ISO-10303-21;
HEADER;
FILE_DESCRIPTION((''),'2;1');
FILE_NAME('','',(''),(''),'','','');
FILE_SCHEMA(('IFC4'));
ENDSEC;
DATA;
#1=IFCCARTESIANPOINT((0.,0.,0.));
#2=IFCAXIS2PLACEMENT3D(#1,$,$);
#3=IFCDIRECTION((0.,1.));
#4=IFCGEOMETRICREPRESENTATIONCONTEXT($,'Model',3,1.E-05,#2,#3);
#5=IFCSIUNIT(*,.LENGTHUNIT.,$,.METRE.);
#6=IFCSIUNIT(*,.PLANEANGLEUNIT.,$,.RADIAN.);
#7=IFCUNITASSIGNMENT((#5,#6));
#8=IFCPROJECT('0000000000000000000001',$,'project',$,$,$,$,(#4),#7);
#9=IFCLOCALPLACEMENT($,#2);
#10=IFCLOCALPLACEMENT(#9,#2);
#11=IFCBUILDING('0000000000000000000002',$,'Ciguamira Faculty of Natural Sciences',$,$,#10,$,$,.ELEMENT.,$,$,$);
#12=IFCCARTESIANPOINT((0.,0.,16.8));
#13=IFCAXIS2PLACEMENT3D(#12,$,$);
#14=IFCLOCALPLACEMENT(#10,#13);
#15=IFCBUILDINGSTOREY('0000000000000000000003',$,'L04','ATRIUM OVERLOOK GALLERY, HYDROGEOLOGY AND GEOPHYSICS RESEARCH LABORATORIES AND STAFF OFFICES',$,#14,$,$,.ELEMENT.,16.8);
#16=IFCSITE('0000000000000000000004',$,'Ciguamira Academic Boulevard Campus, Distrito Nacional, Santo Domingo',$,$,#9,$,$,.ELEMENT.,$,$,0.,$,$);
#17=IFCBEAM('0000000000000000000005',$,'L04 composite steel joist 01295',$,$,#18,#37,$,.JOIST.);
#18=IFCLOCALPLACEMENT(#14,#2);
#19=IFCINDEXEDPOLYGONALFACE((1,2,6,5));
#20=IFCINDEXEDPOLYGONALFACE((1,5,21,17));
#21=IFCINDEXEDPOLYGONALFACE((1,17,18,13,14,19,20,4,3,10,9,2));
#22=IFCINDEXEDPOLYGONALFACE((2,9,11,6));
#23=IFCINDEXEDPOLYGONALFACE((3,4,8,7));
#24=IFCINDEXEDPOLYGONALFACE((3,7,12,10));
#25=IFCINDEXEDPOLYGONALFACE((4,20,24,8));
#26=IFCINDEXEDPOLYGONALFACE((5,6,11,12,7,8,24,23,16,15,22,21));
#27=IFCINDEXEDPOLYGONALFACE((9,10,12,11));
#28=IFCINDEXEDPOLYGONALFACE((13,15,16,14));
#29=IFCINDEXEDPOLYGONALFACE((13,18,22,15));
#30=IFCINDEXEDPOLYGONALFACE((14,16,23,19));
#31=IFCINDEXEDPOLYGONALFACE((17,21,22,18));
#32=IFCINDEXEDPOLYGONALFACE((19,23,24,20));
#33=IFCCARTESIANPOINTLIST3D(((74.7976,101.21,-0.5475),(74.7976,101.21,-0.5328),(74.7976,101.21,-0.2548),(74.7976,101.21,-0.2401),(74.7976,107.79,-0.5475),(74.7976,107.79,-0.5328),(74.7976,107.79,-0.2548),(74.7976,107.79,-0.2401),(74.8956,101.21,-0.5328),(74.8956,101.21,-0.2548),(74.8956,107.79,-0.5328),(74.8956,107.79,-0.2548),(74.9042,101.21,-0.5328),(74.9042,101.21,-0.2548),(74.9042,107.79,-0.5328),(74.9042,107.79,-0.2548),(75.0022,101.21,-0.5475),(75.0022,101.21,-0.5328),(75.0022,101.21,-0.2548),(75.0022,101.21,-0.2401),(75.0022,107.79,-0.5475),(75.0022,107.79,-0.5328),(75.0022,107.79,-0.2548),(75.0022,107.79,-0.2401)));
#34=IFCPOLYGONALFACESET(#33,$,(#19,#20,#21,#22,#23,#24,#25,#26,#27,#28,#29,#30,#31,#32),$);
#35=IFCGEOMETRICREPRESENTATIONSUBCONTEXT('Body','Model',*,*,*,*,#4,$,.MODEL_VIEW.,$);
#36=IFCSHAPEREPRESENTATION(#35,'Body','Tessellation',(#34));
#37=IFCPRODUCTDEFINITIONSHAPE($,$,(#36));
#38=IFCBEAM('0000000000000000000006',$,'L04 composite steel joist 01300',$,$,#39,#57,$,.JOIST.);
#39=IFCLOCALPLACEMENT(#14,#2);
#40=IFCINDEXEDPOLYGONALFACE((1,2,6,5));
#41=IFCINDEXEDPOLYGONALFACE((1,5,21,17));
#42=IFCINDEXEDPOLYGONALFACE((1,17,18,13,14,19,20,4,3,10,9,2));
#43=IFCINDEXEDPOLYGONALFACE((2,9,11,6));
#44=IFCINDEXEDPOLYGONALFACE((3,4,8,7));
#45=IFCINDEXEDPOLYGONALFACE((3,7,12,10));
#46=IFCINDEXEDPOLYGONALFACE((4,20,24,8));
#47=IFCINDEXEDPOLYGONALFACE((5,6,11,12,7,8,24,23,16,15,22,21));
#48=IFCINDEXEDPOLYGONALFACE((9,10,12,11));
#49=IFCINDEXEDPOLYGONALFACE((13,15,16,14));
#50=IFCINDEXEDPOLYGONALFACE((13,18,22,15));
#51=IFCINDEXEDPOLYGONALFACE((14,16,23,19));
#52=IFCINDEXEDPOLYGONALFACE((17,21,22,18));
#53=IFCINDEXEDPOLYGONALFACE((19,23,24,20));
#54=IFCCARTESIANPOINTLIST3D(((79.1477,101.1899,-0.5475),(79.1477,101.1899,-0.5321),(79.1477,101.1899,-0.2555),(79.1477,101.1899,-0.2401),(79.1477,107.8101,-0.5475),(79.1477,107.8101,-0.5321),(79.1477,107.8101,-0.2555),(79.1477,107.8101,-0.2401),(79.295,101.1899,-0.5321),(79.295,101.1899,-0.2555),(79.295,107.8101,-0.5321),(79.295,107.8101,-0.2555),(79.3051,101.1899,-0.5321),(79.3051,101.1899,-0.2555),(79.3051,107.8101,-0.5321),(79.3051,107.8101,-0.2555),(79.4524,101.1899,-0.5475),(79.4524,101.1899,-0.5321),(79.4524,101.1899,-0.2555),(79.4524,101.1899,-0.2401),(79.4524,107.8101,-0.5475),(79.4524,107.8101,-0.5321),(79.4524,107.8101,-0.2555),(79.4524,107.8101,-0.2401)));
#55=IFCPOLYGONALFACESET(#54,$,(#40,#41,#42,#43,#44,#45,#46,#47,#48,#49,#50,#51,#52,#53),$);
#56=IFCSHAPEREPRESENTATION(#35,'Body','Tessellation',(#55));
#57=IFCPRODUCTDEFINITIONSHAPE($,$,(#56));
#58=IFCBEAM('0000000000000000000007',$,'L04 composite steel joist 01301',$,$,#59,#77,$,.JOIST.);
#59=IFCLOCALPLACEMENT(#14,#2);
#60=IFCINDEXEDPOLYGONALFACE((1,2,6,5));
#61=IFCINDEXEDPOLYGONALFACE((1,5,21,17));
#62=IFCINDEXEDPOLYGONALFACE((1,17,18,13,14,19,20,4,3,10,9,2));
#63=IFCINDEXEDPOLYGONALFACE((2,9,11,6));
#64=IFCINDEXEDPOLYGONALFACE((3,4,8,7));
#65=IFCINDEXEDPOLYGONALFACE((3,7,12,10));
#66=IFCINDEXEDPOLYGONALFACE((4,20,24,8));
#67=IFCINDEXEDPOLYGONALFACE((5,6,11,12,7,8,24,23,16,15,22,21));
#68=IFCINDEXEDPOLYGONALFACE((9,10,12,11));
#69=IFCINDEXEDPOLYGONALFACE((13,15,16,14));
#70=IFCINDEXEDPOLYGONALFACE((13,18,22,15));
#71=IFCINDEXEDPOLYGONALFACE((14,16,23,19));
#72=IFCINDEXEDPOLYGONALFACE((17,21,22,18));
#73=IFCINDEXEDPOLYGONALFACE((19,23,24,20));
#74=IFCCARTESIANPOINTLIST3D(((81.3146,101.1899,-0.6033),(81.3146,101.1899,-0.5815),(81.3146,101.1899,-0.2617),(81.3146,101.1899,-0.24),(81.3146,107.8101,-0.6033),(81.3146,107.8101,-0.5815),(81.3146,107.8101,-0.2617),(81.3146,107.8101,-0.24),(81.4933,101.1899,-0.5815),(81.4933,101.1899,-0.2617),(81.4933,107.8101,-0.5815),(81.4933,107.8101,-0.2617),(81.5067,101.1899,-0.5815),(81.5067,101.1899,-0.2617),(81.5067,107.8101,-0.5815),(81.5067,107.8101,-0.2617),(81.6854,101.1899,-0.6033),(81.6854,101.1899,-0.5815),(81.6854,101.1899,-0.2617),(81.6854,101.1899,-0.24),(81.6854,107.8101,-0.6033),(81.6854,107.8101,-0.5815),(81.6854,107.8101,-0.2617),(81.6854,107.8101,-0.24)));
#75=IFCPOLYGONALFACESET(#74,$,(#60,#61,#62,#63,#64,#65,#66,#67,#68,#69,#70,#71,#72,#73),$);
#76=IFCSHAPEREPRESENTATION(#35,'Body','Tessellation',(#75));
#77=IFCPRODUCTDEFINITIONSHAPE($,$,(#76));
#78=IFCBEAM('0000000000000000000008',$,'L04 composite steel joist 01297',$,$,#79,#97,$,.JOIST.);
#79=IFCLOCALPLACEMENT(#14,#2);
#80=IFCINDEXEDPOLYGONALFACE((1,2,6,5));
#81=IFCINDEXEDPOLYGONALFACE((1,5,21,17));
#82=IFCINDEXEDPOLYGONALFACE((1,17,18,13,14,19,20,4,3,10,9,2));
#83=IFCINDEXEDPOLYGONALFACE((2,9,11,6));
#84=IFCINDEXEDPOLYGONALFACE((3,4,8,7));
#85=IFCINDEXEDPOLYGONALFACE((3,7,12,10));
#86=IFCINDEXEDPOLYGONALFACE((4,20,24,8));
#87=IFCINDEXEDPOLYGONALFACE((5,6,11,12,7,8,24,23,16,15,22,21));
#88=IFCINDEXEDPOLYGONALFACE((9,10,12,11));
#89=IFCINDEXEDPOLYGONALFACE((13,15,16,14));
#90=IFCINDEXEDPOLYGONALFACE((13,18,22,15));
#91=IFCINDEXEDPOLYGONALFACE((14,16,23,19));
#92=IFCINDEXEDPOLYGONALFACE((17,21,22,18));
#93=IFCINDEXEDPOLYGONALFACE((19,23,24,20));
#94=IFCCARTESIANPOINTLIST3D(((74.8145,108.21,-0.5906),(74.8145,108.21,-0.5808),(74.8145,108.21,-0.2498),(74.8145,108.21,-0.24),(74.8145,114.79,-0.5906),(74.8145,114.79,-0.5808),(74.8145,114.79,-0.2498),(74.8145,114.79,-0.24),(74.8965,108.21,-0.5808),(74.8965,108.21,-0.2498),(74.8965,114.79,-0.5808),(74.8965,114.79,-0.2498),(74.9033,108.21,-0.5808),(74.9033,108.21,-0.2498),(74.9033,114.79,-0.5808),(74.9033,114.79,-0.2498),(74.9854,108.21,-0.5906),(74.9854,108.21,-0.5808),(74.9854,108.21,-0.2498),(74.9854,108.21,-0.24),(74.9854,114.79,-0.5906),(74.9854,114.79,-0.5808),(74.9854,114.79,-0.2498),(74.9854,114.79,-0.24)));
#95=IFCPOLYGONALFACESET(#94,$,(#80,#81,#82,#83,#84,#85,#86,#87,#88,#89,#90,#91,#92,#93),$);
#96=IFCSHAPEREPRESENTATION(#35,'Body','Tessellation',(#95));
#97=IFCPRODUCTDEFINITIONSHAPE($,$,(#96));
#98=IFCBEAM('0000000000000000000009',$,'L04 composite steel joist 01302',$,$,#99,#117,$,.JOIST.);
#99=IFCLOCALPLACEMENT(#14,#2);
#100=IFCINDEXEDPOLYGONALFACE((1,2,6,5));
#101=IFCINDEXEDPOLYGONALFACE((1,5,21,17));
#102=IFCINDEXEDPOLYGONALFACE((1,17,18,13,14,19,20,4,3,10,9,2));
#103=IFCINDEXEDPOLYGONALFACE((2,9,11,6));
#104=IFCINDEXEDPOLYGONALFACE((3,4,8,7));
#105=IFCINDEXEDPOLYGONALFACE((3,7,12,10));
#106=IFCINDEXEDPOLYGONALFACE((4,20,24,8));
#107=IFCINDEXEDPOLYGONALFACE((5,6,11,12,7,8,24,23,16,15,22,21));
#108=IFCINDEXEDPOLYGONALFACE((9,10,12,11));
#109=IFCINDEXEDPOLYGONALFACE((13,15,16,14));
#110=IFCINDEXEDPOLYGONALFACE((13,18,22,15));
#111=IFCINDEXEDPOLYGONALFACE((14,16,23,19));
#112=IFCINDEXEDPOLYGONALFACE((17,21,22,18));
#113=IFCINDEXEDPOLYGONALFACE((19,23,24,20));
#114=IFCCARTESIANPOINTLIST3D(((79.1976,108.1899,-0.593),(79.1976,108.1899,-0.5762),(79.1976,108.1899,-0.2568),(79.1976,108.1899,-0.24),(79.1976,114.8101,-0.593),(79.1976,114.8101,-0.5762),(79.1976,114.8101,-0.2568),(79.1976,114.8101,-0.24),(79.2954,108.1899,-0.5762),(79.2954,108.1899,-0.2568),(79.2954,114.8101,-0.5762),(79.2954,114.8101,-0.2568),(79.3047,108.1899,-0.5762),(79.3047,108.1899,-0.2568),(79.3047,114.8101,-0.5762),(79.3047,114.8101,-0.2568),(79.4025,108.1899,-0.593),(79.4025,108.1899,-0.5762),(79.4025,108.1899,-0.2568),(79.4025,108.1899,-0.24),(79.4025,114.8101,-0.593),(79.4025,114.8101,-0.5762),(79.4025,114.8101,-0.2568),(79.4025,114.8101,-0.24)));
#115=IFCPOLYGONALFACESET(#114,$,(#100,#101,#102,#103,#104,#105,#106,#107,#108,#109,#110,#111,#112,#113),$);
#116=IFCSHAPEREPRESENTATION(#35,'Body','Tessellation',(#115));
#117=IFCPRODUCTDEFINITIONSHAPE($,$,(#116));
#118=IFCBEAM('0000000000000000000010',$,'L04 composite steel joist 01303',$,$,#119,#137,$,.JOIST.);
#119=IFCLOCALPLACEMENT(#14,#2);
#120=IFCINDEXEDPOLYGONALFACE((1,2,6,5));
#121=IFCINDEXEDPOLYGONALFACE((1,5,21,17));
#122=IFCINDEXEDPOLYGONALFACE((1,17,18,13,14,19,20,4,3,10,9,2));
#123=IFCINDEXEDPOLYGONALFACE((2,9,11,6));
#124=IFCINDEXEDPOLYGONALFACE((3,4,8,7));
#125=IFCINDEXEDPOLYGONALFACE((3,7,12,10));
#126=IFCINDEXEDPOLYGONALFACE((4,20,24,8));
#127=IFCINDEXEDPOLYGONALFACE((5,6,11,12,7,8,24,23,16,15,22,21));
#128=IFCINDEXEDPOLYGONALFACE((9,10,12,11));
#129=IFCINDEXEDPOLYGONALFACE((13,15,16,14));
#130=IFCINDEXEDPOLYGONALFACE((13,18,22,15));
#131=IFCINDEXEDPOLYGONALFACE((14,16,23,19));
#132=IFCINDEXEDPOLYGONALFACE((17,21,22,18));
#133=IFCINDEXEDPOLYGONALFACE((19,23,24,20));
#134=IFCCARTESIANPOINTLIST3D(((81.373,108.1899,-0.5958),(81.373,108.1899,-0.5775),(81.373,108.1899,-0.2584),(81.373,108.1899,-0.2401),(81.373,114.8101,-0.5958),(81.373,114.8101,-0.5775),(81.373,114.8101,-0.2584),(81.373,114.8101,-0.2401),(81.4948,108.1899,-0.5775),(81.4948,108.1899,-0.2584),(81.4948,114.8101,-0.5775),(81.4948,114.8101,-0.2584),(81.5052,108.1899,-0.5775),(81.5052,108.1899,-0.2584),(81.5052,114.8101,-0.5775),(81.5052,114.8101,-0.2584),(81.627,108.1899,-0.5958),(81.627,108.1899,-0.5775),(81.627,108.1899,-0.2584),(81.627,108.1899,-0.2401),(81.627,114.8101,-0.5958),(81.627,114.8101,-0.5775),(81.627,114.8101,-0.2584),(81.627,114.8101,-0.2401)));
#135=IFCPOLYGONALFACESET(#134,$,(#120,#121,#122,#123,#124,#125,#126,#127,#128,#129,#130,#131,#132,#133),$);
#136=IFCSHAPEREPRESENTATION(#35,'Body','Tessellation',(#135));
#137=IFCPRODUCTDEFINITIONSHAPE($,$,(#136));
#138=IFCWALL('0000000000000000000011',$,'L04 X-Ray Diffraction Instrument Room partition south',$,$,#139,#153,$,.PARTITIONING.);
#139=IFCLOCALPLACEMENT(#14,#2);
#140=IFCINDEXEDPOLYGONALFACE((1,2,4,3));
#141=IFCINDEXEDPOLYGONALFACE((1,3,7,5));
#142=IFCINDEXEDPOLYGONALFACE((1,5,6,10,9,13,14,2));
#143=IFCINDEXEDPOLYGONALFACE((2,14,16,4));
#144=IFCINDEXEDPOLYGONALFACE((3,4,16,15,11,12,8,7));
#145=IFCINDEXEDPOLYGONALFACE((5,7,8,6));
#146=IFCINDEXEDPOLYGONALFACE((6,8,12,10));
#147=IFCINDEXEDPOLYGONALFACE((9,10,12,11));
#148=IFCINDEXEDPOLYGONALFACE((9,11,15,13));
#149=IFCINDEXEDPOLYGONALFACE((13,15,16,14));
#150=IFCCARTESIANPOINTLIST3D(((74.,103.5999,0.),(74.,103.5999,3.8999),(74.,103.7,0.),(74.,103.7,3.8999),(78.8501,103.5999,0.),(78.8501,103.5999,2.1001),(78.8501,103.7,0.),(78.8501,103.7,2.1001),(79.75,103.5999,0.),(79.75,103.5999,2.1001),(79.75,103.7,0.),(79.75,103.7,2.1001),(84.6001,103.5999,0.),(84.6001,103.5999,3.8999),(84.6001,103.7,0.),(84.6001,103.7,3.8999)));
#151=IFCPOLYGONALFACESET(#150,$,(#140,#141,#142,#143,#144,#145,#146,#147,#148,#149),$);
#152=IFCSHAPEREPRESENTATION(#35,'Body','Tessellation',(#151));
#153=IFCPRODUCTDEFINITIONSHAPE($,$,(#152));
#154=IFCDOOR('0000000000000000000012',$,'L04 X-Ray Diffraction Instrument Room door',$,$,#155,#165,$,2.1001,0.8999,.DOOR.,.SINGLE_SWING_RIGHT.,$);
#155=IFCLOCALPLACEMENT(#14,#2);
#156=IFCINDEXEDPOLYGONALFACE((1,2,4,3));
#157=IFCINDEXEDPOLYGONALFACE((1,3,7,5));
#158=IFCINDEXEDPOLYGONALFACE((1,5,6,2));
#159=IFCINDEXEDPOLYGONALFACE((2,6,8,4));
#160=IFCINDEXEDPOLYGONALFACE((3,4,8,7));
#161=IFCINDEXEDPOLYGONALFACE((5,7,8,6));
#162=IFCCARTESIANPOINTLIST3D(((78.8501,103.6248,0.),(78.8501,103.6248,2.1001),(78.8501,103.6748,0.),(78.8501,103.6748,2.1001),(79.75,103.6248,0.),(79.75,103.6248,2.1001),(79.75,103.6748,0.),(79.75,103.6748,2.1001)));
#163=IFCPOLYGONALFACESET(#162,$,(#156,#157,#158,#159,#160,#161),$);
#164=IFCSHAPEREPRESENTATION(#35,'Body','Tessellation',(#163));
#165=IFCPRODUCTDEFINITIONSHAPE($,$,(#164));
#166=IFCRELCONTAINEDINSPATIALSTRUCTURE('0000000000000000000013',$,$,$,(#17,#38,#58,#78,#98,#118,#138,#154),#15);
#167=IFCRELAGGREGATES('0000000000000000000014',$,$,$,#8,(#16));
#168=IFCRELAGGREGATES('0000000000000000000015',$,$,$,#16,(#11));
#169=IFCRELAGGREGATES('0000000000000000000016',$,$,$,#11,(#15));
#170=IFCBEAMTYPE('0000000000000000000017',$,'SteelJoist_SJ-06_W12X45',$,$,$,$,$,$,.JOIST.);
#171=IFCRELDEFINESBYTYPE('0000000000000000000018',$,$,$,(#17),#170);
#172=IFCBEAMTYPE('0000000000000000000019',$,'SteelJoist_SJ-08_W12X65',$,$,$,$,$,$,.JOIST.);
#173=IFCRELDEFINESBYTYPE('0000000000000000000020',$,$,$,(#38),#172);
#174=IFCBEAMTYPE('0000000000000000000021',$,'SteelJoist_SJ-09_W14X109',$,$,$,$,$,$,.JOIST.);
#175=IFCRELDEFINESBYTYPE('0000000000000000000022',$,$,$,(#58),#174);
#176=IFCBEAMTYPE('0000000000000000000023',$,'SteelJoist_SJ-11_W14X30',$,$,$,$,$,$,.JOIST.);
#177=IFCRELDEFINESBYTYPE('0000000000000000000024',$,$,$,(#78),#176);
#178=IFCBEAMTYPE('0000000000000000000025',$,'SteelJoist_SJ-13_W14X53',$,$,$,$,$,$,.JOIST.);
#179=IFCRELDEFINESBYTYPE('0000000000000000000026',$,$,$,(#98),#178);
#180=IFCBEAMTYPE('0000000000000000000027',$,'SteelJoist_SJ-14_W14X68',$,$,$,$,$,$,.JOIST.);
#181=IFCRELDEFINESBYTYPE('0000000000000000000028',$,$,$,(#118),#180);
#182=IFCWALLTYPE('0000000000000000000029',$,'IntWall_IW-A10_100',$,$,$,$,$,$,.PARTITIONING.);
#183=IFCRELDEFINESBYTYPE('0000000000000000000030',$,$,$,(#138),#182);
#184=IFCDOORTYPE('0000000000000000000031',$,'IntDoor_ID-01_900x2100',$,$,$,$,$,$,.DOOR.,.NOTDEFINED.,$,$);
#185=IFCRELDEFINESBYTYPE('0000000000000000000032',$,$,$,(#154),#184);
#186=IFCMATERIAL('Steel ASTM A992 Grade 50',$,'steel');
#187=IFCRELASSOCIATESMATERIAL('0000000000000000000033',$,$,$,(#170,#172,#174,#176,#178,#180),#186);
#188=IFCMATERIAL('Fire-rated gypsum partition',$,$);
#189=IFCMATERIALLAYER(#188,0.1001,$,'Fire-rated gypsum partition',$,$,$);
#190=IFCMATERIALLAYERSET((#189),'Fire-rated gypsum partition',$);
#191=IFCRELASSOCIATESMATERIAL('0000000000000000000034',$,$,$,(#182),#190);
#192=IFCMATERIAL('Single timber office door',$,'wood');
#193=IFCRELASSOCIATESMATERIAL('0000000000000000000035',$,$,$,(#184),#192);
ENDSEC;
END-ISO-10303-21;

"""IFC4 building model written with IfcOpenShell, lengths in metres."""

from ifc_helpers import new_model, si_unit, direction, frame, frame_2d, origin, origin_2d, place, context, subcontext, project, spatial, rectangle, i_section, extrude, material, layer, layer_set, material_profile, profile_set, type_object, element, fill, save


model = new_model("IFC4")

# Units and contexts
model_context = context("Model", 3, precision=1e-05, world=origin(), true_north=direction((0.0, 1.0)))
body_context = subcontext(model_context, "Body", "Model", "MODEL_VIEW")
ifc_project = project(units=[si_unit("LENGTHUNIT", "METRE"), si_unit("PLANEANGLEUNIT", "RADIAN")], contexts=[model_context])

# Site, building, storey
site_placement = place(None, origin())
site = spatial("IfcSite", under=ifc_project, at=site_placement, Name="Ciguamira Academic Boulevard Campus, Distrito Nacional, Santo Domingo", CompositionType="ELEMENT", RefElevation=0.0)
building_placement = place(site_placement, origin())
building = spatial("IfcBuilding", under=site, at=building_placement, Name="Ciguamira Faculty of Natural Sciences", CompositionType="ELEMENT")
storey_placement = place(building_placement, frame((0.0, 0.0, 16.8)))
storey = spatial("IfcBuildingStorey", under=building, at=storey_placement, Name="L04", Description="ATRIUM OVERLOOK GALLERY, HYDROGEOLOGY AND GEOPHYSICS RESEARCH LABORATORIES AND STAFF OFFICES", CompositionType="ELEMENT", Elevation=16.8)

# Beams
ifc_material_1 = material(Name="Steel ASTM A992 Grade 50", Category="steel")
ifc_material_profile_1 = material_profile(ifc_material_1, i_section(OverallWidth=0.2046, OverallDepth=0.3074, WebThickness=0.0085, FlangeThickness=0.0146, at=origin_2d()), Name="W12X45")
ifc_profile_set_1 = profile_set([ifc_material_profile_1], Name="Steel ASTM A992 Grade 50")
beam_type_1 = type_object("IfcBeamType", Name="SteelJoist_SJ-06_W12X45", PredefinedType="JOIST", material=ifc_profile_set_1)
beam_1_placement = place(storey_placement, frame((74.8999, 101.21, -0.3938), z_axis=(0.0, 1.0, 0.0), x_axis=(-1.0, 0.0, 0.0)))
element("IfcBeam", 1, at=beam_1_placement, inside=storey, type_object=beam_type_1, Name="L04 composite steel joist 01295", PredefinedType="JOIST", context=body_context, shape_type="SweptSolid", body=[
    extrude(i_section(OverallWidth=0.2046, OverallDepth=0.3074, WebThickness=0.0085, FlangeThickness=0.0146, at=origin_2d()), origin(), (0.0, 0.0, 1.0), 6.5801),
])
ifc_material_profile_2 = material_profile(ifc_material_1, i_section(OverallWidth=0.3047, OverallDepth=0.3074, WebThickness=0.01, FlangeThickness=0.0154, at=origin_2d()), Name="W12X65")
ifc_profile_set_2 = profile_set([ifc_material_profile_2], Name="Steel ASTM A992 Grade 50")
beam_type_2 = type_object("IfcBeamType", Name="SteelJoist_SJ-08_W12X65", PredefinedType="JOIST", material=ifc_profile_set_2)
beam_2_placement = place(storey_placement, frame((79.3, 101.1899, -0.3938), z_axis=(0.0, 1.0, 0.0), x_axis=(-1.0, 0.0, 0.0)))
element("IfcBeam", 2, at=beam_2_placement, inside=storey, type_object=beam_type_2, Name="L04 composite steel joist 01300", PredefinedType="JOIST", context=body_context, shape_type="SweptSolid", body=[
    extrude(i_section(OverallWidth=0.3047, OverallDepth=0.3074, WebThickness=0.01, FlangeThickness=0.0154, at=origin_2d()), origin(), (0.0, 0.0, 1.0), 6.6201),
])
ifc_material_profile_3 = material_profile(ifc_material_1, i_section(OverallWidth=0.3708, OverallDepth=0.3633, WebThickness=0.0134, FlangeThickness=0.0217, at=origin_2d()), Name="W14X109")
ifc_profile_set_3 = profile_set([ifc_material_profile_3], Name="Steel ASTM A992 Grade 50")
beam_type_3 = type_object("IfcBeamType", Name="SteelJoist_SJ-09_W14X109", PredefinedType="JOIST", material=ifc_profile_set_3)
beam_3_placement = place(storey_placement, frame((81.5, 101.1899, -0.4216), z_axis=(0.0, 1.0, 0.0), x_axis=(-1.0, 0.0, 0.0)))
element("IfcBeam", 3, at=beam_3_placement, inside=storey, type_object=beam_type_3, Name="L04 composite steel joist 01301", PredefinedType="JOIST", context=body_context, shape_type="SweptSolid", body=[
    extrude(i_section(OverallWidth=0.3708, OverallDepth=0.3633, WebThickness=0.0134, FlangeThickness=0.0217, at=origin_2d()), origin(), (0.0, 0.0, 1.0), 6.6201),
])
ifc_material_profile_4 = material_profile(ifc_material_1, i_section(OverallWidth=0.1709, OverallDepth=0.3506, WebThickness=0.0068, FlangeThickness=0.0098, at=origin_2d()), Name="W14X30")
ifc_profile_set_4 = profile_set([ifc_material_profile_4], Name="Steel ASTM A992 Grade 50")
beam_type_4 = type_object("IfcBeamType", Name="SteelJoist_SJ-11_W14X30", PredefinedType="JOIST", material=ifc_profile_set_4)
beam_4_placement = place(storey_placement, frame((74.8999, 108.21, -0.4153), z_axis=(0.0, 1.0, 0.0), x_axis=(-1.0, 0.0, 0.0)))
element("IfcBeam", 4, at=beam_4_placement, inside=storey, type_object=beam_type_4, Name="L04 composite steel joist 01297", PredefinedType="JOIST", context=body_context, shape_type="SweptSolid", body=[
    extrude(i_section(OverallWidth=0.1709, OverallDepth=0.3506, WebThickness=0.0068, FlangeThickness=0.0098, at=origin_2d()), origin(), (0.0, 0.0, 1.0), 6.5801),
])
ifc_material_profile_5 = material_profile(ifc_material_1, i_section(OverallWidth=0.2048, OverallDepth=0.353, WebThickness=0.0093, FlangeThickness=0.0168, at=origin_2d()), Name="W14X53")
ifc_profile_set_5 = profile_set([ifc_material_profile_5], Name="Steel ASTM A992 Grade 50")
beam_type_5 = type_object("IfcBeamType", Name="SteelJoist_SJ-13_W14X53", PredefinedType="JOIST", material=ifc_profile_set_5)
beam_5_placement = place(storey_placement, frame((79.3, 108.1899, -0.4165), z_axis=(0.0, 1.0, 0.0), x_axis=(-1.0, 0.0, 0.0)))
element("IfcBeam", 5, at=beam_5_placement, inside=storey, type_object=beam_type_5, Name="L04 composite steel joist 01302", PredefinedType="JOIST", context=body_context, shape_type="SweptSolid", body=[
    extrude(i_section(OverallWidth=0.2048, OverallDepth=0.353, WebThickness=0.0093, FlangeThickness=0.0168, at=origin_2d()), origin(), (0.0, 0.0, 1.0), 6.6201),
])
ifc_material_profile_6 = material_profile(ifc_material_1, i_section(OverallWidth=0.2539, OverallDepth=0.3557, WebThickness=0.0105, FlangeThickness=0.0183, at=origin_2d()), Name="W14X68")
ifc_profile_set_6 = profile_set([ifc_material_profile_6], Name="Steel ASTM A992 Grade 50")
beam_type_6 = type_object("IfcBeamType", Name="SteelJoist_SJ-14_W14X68", PredefinedType="JOIST", material=ifc_profile_set_6)
beam_6_placement = place(storey_placement, frame((81.5, 108.1899, -0.418), z_axis=(0.0, 1.0, 0.0), x_axis=(-1.0, 0.0, 0.0)))
element("IfcBeam", 6, at=beam_6_placement, inside=storey, type_object=beam_type_6, Name="L04 composite steel joist 01303", PredefinedType="JOIST", context=body_context, shape_type="SweptSolid", body=[
    extrude(i_section(OverallWidth=0.2539, OverallDepth=0.3557, WebThickness=0.0105, FlangeThickness=0.0183, at=origin_2d()), origin(), (0.0, 0.0, 1.0), 6.6201),
])

# Wall, opening, door
ifc_material_2 = material(Name="Fire-rated gypsum partition")
ifc_layer_1 = layer(ifc_material_2, 0.1001, Name="Fire-rated gypsum partition")
ifc_layer_set_1 = layer_set([ifc_layer_1], Name="Fire-rated gypsum partition")
wall_type_1 = type_object("IfcWallType", Name="IntWall_IW-A10_100", PredefinedType="PARTITIONING", material=ifc_layer_set_1)
wall_1_placement = place(storey_placement, frame((74.0, 103.6499, 0.0), z_axis=(0.0, 0.0, 1.0), x_axis=(1.0, 0.0, 0.0)))
wall_1 = element("IfcWall", 7, at=wall_1_placement, inside=storey, type_object=wall_type_1, Name="L04 X-Ray Diffraction Instrument Room partition south", PredefinedType="PARTITIONING", context=body_context, shape_type="SweptSolid", body=[
    extrude(rectangle(XDim=10.6001, YDim=0.1001, at=frame_2d((5.3, 0.0))), origin(), (0.0, 0.0, 1.0), 3.8999),
])
opening_1_placement = place(wall_1_placement, frame((4.8501, 0.0, 0.0)))
opening_1 = element("IfcOpeningElement", 8, at=opening_1_placement, cuts=wall_1, PredefinedType="OPENING", context=body_context, shape_type="SweptSolid", body=[
    extrude(rectangle(XDim=0.8999, YDim=2.1001, at=frame_2d((0.45, 1.05))), frame((0.0, 0.0601, 0.0), z_axis=(0.0, -1.0, 0.0), x_axis=(1.0, 0.0, 0.0)), (0.0, 0.0, 1.0), 0.1201),
])
ifc_material_3 = material(Name="Single timber office door", Category="wood")
door_type_1 = type_object("IfcDoorType", Name="IntDoor_ID-01_900x2100", OperationType="NOTDEFINED", PredefinedType="DOOR", material=ifc_material_3)
door_1_placement = place(opening_1_placement, origin())
door_1 = element("IfcDoor", 9, at=door_1_placement, inside=storey, type_object=door_type_1, Name="L04 X-Ray Diffraction Instrument Room door", OperationType="SINGLE_SWING_RIGHT", OverallHeight=2.1001, OverallWidth=0.8999, PredefinedType="DOOR", context=body_context, shape_type="SweptSolid", body=[
    extrude(rectangle(XDim=0.8999, YDim=2.1001, at=frame_2d((0.45, 1.05))), frame((0.0, 0.0249, 0.0), z_axis=(0.0, -1.0, 0.0), x_axis=(1.0, 0.0, 0.0)), (0.0, 0.0, 1.0), 0.05),
])
fill(opening_1, door_1)

save(model, "model.ifc")
